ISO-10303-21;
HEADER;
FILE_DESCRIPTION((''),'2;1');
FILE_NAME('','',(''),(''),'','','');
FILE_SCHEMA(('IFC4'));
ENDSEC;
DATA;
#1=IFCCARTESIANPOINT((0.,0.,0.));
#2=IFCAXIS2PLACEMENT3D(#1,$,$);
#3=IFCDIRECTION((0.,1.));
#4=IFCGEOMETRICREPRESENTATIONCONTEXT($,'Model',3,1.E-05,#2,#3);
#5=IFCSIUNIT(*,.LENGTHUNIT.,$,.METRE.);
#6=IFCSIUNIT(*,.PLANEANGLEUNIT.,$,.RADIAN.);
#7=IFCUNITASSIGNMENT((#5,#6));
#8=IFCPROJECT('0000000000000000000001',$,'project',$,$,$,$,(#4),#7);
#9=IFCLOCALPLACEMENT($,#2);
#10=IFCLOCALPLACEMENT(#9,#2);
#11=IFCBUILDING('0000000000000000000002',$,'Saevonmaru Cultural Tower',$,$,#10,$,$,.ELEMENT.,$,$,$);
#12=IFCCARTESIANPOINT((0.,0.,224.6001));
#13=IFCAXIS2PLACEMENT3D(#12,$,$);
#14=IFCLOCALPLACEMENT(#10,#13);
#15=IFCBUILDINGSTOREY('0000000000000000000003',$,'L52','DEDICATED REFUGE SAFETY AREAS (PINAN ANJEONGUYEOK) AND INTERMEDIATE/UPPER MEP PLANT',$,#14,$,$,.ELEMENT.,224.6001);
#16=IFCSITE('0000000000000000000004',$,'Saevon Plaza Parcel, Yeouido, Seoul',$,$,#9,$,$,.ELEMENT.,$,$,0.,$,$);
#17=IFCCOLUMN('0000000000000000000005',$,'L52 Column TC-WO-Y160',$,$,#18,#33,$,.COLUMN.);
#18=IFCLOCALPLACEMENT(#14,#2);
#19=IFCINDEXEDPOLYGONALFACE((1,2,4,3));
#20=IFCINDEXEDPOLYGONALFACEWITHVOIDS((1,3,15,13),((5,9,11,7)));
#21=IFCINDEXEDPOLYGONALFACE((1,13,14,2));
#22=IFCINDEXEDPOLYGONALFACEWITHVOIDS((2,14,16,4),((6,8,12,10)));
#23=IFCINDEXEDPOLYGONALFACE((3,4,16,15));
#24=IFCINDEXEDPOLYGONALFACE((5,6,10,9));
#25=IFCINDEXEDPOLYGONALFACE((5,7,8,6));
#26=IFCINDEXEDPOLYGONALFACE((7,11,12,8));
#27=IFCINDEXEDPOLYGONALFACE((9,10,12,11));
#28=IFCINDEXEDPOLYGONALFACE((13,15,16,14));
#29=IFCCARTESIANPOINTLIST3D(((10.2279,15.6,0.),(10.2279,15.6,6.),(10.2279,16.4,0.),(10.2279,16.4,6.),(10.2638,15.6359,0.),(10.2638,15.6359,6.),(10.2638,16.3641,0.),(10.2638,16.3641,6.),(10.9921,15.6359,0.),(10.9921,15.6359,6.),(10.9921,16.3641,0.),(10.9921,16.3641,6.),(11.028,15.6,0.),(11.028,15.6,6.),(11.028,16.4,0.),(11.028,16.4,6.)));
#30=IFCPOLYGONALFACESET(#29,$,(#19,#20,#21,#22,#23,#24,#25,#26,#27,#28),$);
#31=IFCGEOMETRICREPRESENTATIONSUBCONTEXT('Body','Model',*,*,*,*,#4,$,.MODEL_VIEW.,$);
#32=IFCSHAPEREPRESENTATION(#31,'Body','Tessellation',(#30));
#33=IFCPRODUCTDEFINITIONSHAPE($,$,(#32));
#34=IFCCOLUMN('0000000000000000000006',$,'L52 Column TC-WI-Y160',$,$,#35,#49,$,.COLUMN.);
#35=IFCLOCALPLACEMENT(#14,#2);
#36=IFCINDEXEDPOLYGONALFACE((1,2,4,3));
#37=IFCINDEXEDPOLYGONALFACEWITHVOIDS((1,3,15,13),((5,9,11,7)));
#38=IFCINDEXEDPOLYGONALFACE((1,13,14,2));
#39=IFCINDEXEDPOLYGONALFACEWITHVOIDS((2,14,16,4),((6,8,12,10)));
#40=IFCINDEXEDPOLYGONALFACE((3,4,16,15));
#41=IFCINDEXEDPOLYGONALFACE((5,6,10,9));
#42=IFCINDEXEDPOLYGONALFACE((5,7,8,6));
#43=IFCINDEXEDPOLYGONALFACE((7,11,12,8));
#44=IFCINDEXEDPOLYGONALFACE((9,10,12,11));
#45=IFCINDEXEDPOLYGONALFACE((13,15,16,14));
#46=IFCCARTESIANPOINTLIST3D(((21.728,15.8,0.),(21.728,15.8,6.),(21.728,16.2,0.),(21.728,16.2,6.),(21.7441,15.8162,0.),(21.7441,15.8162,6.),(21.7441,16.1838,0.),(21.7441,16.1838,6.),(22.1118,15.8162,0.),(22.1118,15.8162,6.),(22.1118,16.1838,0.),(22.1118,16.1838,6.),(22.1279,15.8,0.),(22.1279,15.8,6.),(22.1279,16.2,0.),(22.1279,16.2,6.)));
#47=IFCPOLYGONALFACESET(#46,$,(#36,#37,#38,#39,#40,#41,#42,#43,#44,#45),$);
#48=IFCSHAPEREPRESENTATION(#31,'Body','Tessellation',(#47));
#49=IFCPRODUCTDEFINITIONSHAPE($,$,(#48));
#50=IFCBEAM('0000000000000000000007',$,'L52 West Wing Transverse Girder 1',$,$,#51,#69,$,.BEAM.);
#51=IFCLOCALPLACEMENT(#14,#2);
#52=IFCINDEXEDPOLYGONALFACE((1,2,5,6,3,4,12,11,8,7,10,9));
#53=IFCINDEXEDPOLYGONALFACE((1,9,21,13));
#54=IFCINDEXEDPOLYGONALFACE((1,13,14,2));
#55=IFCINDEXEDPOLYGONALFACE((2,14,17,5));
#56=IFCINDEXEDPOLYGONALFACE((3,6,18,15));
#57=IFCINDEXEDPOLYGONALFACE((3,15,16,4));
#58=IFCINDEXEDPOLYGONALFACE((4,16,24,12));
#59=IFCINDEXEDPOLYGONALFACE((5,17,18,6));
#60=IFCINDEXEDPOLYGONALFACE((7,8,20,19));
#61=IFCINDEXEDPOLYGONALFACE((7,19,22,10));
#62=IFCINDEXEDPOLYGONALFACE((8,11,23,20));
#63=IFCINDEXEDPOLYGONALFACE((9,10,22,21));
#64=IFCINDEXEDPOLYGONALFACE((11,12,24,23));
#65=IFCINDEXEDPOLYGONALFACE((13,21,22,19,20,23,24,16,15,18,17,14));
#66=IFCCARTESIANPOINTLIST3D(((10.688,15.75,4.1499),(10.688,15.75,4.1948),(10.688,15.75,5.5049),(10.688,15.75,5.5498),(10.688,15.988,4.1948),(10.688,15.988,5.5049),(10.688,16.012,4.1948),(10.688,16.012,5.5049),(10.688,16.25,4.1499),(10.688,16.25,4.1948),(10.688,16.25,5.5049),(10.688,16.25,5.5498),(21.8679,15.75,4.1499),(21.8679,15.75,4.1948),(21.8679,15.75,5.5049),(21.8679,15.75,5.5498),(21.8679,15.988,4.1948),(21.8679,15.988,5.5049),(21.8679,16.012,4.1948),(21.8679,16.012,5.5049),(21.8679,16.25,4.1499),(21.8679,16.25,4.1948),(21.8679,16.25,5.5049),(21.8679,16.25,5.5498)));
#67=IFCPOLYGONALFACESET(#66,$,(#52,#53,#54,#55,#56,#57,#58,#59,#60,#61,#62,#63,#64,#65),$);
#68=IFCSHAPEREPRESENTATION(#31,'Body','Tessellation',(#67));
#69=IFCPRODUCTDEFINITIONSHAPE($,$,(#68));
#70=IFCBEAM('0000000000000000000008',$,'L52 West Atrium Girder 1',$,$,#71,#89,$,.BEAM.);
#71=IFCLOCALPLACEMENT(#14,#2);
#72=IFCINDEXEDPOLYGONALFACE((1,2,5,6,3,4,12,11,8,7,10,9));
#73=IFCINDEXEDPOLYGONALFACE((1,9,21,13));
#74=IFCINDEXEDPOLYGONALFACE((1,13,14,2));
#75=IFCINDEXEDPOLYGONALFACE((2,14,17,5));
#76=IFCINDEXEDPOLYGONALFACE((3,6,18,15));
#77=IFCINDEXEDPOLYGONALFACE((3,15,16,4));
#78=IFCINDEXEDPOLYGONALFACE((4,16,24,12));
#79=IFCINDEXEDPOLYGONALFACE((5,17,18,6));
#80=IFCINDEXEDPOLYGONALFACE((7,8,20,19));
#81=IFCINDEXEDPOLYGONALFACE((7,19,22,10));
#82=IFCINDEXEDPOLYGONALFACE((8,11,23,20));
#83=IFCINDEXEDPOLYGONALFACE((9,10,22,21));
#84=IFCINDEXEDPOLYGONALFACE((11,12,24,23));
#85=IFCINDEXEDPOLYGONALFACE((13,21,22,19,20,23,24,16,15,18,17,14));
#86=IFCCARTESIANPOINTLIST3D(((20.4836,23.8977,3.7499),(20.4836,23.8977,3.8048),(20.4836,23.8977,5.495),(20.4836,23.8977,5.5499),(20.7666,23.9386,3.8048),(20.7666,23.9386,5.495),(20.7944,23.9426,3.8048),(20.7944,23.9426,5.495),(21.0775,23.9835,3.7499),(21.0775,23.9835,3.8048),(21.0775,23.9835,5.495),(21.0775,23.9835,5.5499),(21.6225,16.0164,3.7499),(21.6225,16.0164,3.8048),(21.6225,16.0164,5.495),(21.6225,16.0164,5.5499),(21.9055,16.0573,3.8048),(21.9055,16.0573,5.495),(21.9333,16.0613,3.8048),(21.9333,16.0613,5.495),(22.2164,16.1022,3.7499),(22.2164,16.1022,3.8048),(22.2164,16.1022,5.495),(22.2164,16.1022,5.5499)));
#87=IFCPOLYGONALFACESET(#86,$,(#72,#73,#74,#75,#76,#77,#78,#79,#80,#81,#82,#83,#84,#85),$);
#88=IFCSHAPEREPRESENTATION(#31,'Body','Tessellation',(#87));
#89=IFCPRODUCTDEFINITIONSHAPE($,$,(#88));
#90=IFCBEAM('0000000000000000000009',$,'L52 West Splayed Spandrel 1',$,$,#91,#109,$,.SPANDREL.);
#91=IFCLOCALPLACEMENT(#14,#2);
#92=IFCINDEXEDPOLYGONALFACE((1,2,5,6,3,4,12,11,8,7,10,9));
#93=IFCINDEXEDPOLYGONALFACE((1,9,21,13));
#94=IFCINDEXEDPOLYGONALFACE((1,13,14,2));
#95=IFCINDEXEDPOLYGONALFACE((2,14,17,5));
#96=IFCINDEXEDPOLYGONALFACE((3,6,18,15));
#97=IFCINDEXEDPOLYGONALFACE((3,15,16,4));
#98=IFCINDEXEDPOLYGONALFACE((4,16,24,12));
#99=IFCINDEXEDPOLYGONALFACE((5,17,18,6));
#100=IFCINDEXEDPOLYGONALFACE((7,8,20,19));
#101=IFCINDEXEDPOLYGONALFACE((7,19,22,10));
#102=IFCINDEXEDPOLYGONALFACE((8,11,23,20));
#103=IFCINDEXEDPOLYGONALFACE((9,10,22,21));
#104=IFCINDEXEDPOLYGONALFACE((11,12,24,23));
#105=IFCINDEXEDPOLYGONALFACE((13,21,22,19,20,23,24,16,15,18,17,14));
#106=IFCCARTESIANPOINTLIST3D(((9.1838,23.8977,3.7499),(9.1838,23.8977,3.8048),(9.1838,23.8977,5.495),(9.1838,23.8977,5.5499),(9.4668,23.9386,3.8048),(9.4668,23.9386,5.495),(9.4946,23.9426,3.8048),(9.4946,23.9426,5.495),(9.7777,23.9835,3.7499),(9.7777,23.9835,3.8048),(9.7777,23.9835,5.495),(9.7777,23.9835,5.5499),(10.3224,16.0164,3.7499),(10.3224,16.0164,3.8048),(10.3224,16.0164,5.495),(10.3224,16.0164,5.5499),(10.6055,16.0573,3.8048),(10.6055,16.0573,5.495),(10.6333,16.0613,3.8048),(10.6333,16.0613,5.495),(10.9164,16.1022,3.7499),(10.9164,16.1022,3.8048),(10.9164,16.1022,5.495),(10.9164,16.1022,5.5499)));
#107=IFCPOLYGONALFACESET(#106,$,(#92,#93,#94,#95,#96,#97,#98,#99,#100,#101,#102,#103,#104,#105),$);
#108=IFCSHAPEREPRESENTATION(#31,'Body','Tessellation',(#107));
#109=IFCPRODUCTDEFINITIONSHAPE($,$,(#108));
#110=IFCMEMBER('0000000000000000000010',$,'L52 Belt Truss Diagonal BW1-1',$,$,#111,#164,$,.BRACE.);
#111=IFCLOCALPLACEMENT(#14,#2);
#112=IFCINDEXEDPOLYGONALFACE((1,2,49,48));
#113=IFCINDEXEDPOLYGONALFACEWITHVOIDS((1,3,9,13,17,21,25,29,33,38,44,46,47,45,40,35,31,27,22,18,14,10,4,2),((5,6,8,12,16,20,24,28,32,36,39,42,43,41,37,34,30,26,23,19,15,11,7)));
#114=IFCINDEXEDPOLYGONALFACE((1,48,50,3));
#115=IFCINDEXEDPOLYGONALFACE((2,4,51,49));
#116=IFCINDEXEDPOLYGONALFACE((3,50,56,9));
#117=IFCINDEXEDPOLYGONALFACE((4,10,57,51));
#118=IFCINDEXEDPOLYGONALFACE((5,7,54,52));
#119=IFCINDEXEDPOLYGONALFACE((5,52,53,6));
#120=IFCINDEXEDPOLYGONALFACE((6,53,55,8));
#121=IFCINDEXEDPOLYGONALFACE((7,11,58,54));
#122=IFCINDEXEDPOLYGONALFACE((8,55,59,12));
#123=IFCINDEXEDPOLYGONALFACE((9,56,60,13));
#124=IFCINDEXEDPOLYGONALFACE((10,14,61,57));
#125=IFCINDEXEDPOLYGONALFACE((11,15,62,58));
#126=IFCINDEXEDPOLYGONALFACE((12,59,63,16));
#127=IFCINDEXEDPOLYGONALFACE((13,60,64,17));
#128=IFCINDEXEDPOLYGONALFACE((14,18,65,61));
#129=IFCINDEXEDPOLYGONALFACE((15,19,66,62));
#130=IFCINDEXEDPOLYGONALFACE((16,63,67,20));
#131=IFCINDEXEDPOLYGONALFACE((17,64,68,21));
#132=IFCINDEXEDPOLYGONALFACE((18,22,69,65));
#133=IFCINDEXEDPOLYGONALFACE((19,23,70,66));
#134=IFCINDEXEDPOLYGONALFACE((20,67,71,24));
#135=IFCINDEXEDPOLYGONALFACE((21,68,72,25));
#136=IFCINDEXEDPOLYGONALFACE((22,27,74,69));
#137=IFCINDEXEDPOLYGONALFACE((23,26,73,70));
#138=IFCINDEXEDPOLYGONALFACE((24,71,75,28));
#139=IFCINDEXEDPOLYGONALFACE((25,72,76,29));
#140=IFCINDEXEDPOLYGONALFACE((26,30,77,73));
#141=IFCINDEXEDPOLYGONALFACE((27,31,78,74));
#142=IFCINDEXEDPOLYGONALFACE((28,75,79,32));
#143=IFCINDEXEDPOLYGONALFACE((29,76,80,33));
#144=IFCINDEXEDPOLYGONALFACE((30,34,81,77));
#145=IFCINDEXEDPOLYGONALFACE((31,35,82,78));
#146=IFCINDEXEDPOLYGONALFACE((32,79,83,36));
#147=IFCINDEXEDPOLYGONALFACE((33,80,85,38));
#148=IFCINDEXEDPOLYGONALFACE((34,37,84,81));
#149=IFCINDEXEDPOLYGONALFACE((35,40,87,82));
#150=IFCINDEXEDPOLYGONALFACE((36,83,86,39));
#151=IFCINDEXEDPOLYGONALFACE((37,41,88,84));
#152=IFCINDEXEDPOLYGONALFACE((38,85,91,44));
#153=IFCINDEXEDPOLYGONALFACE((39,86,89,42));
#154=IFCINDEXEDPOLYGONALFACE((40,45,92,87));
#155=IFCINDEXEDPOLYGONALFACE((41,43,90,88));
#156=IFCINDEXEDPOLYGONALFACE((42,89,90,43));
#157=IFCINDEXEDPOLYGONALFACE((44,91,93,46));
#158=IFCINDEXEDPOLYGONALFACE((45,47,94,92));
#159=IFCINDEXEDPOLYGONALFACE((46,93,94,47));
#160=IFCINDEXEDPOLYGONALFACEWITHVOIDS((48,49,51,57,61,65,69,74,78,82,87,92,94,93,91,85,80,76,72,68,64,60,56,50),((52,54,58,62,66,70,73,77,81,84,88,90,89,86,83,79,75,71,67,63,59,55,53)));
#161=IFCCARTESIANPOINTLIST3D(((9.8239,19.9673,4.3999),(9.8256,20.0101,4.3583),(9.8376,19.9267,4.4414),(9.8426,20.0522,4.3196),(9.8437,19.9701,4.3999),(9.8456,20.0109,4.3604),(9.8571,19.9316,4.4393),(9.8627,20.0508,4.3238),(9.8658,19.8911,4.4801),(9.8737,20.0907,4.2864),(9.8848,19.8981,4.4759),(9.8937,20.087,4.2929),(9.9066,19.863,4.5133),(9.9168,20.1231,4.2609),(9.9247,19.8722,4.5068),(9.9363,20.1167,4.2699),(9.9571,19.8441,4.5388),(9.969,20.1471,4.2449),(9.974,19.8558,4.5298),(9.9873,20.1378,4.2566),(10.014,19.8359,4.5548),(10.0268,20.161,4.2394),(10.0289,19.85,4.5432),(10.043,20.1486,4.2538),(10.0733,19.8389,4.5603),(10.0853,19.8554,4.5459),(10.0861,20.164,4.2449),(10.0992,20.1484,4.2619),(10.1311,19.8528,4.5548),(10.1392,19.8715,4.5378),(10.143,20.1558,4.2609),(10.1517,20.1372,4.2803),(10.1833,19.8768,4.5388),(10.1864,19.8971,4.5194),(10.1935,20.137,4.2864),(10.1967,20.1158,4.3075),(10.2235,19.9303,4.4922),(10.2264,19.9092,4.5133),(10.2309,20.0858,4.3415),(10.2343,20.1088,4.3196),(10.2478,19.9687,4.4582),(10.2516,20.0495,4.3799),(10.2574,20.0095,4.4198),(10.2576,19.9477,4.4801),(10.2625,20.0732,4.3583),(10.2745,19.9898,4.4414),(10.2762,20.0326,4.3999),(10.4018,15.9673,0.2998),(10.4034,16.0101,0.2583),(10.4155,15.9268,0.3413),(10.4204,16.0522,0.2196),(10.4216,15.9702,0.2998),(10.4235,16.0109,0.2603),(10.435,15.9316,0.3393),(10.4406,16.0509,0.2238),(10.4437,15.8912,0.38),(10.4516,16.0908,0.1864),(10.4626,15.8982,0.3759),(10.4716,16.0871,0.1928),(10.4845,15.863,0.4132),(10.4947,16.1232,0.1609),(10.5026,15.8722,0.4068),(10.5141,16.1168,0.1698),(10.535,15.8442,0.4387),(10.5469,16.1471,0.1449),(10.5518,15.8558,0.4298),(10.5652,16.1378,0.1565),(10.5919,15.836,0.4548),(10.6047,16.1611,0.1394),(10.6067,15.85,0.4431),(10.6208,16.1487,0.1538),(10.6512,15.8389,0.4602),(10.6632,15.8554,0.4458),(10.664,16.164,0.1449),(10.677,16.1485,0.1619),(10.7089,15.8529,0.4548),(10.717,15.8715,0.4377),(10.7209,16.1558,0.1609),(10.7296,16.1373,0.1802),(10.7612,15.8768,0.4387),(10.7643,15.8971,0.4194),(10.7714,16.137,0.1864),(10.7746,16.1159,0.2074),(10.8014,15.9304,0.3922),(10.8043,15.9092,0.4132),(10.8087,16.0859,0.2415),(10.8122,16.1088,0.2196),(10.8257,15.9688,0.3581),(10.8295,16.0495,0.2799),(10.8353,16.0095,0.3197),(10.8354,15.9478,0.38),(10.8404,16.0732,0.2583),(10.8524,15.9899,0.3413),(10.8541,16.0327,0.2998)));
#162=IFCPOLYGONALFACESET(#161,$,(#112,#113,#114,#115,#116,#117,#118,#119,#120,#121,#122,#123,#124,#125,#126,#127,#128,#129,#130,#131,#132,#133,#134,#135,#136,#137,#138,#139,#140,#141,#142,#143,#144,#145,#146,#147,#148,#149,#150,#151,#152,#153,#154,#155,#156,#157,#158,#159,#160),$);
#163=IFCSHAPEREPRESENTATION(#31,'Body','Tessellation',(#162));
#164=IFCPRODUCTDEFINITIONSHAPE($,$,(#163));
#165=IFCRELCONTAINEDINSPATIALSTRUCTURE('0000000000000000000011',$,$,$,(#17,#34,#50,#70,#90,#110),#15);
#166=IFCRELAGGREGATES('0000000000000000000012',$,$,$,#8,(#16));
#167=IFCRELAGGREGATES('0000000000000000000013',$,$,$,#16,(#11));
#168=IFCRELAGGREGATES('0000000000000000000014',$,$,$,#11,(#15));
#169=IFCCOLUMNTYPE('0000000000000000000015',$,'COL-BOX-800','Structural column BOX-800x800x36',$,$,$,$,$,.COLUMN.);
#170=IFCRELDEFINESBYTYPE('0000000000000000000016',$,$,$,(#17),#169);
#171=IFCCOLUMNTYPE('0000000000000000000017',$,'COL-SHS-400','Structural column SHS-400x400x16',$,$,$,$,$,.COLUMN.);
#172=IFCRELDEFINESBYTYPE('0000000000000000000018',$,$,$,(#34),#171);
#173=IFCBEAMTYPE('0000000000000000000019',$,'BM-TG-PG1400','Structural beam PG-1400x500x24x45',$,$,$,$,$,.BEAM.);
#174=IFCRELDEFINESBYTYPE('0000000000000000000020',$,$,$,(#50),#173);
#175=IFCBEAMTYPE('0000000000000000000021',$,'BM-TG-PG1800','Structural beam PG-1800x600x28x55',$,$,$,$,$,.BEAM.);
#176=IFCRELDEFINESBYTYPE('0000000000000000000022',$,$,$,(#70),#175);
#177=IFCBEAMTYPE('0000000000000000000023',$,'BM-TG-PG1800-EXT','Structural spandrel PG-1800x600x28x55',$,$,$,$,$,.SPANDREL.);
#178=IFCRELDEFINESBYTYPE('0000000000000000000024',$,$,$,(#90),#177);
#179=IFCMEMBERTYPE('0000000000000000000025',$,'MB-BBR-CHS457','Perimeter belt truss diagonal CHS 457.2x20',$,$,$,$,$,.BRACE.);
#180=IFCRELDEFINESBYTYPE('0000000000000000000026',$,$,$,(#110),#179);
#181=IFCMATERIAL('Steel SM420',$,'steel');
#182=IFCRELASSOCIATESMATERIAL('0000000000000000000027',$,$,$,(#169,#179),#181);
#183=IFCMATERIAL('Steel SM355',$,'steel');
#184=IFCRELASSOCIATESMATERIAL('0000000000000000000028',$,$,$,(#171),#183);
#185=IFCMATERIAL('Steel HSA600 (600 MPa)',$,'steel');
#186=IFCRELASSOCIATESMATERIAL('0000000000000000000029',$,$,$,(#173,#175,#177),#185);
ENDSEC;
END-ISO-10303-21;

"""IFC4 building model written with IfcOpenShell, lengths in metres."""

from ifc_helpers import new_model, si_unit, direction, frame, origin, origin_2d, place, context, subcontext, project, spatial, hollow_rectangle, hollow_circle, i_section, extrude, material, material_profile, profile_set, type_object, element, save


model = new_model("IFC4")

# Units and contexts
model_context = context("Model", 3, precision=1e-05, world=origin(), true_north=direction((0.0, 1.0)))
body_context = subcontext(model_context, "Body", "Model", "MODEL_VIEW")
ifc_project = project(units=[si_unit("LENGTHUNIT", "METRE"), si_unit("PLANEANGLEUNIT", "RADIAN")], contexts=[model_context])

# Site, building, storey
site_placement = place(None, origin())
site = spatial("IfcSite", under=ifc_project, at=site_placement, Name="Saevon Plaza Parcel, Yeouido, Seoul", CompositionType="ELEMENT", RefElevation=0.0)
building_placement = place(site_placement, origin())
building = spatial("IfcBuilding", under=site, at=building_placement, Name="Saevonmaru Cultural Tower", CompositionType="ELEMENT")
storey_placement = place(building_placement, frame((0.0, 0.0, 224.6001)))
storey = spatial("IfcBuildingStorey", under=building, at=storey_placement, Name="L52", Description="DEDICATED REFUGE SAFETY AREAS (PINAN ANJEONGUYEOK) AND INTERMEDIATE/UPPER MEP PLANT", CompositionType="ELEMENT", Elevation=224.6001)

# Columns
ifc_material_1 = material(Name="Steel SM420", Category="steel")
ifc_material_profile_1 = material_profile(ifc_material_1, hollow_rectangle(XDim=0.8, YDim=0.8, WallThickness=0.0359, at=origin_2d()), Name="BOX-800x800x36")
ifc_profile_set_1 = profile_set([ifc_material_profile_1], Name="Steel SM420")
column_type_1 = type_object("IfcColumnType", Name="COL-BOX-800", Description="Structural column BOX-800x800x36", PredefinedType="COLUMN", material=ifc_profile_set_1)
column_1_placement = place(storey_placement, frame((10.6279, 16.0, 0.0), z_axis=(0.0, 0.0, 1.0), x_axis=(1.0, 0.0, 0.0)))
element("IfcColumn", 1, at=column_1_placement, inside=storey, type_object=column_type_1, Name="L52 Column TC-WO-Y160", PredefinedType="COLUMN", context=body_context, shape_type="SweptSolid", body=[
    extrude(hollow_rectangle(XDim=0.8, YDim=0.8, WallThickness=0.0359, at=origin_2d()), origin(), (0.0, 0.0, 1.0), 6.0),
])
ifc_material_2 = material(Name="Steel SM355", Category="steel")
ifc_material_profile_2 = material_profile(ifc_material_2, hollow_rectangle(XDim=0.3999, YDim=0.3999, WallThickness=0.0161, at=origin_2d()), Name="SHS-400x400x16")
ifc_profile_set_2 = profile_set([ifc_material_profile_2], Name="Steel SM355")
column_type_2 = type_object("IfcColumnType", Name="COL-SHS-400", Description="Structural column SHS-400x400x16", PredefinedType="COLUMN", material=ifc_profile_set_2)
column_2_placement = place(storey_placement, frame((21.928, 16.0, 0.0), z_axis=(0.0, 0.0, 1.0), x_axis=(1.0, 0.0, 0.0)))
element("IfcColumn", 2, at=column_2_placement, inside=storey, type_object=column_type_2, Name="L52 Column TC-WI-Y160", PredefinedType="COLUMN", context=body_context, shape_type="SweptSolid", body=[
    extrude(hollow_rectangle(XDim=0.3999, YDim=0.3999, WallThickness=0.0161, at=origin_2d()), origin(), (0.0, 0.0, 1.0), 6.0),
])

# Beams
ifc_material_3 = material(Name="Steel HSA600 (600 MPa)", Category="steel")
ifc_material_profile_3 = material_profile(ifc_material_3, i_section(OverallWidth=0.5, OverallDepth=1.3999, WebThickness=0.0239, FlangeThickness=0.0449, at=origin_2d()), Name="PG-1400x500x24x45")
ifc_profile_set_3 = profile_set([ifc_material_profile_3], Name="Steel HSA600 (600 MPa)")
beam_type_1 = type_object("IfcBeamType", Name="BM-TG-PG1400", Description="Structural beam PG-1400x500x24x45", PredefinedType="BEAM", material=ifc_profile_set_3)
beam_1_placement = place(storey_placement, frame((10.688, 16.0, 4.8499), z_axis=(1.0, 0.0, 0.0), x_axis=(0.0, 1.0, 0.0)))
element("IfcBeam", 3, at=beam_1_placement, inside=storey, type_object=beam_type_1, Name="L52 West Wing Transverse Girder 1", PredefinedType="BEAM", context=body_context, shape_type="SweptSolid", body=[
    extrude(i_section(OverallWidth=0.5, OverallDepth=1.3999, WebThickness=0.0239, FlangeThickness=0.0449, at=origin_2d()), origin(), (0.0, 0.0, 1.0), 11.1799),
])
ifc_material_profile_4 = material_profile(ifc_material_3, i_section(OverallWidth=0.6001, OverallDepth=1.8, WebThickness=0.0281, FlangeThickness=0.0549, at=origin_2d()), Name="PG-1800x600x28x55")
ifc_profile_set_4 = profile_set([ifc_material_profile_4], Name="Steel HSA600 (600 MPa)")
beam_type_2 = type_object("IfcBeamType", Name="BM-TG-PG1800", Description="Structural beam PG-1800x600x28x55", PredefinedType="BEAM", material=ifc_profile_set_4)
beam_2_placement = place(storey_placement, frame((21.9194, 16.0593, 4.6499), z_axis=(-0.143022, 0.989719, 0.0), x_axis=(-0.989719, -0.143022, 0.0)))
element("IfcBeam", 4, at=beam_2_placement, inside=storey, type_object=beam_type_2, Name="L52 West Atrium Girder 1", PredefinedType="BEAM", context=body_context, shape_type="SweptSolid", body=[
    extrude(i_section(OverallWidth=0.6001, OverallDepth=1.8, WebThickness=0.0281, FlangeThickness=0.0549, at=origin_2d()), origin(), (0.0, 0.0, 1.0), 7.9631),
])
ifc_material_profile_5 = material_profile(ifc_material_3, i_section(OverallWidth=0.6001, OverallDepth=1.8, WebThickness=0.0281, FlangeThickness=0.0549, at=origin_2d()), Name="PG-1800x600x28x55")
ifc_profile_set_5 = profile_set([ifc_material_profile_5], Name="Steel HSA600 (600 MPa)")
beam_type_3 = type_object("IfcBeamType", Name="BM-TG-PG1800-EXT", Description="Structural spandrel PG-1800x600x28x55", PredefinedType="SPANDREL", material=ifc_profile_set_5)
beam_3_placement = place(storey_placement, frame((10.6194, 16.0593, 4.6499), z_axis=(-0.142992, 0.989724, 0.0), x_axis=(-0.989724, -0.142992, 0.0)))
element("IfcBeam", 5, at=beam_3_placement, inside=storey, type_object=beam_type_3, Name="L52 West Splayed Spandrel 1", PredefinedType="SPANDREL", context=body_context, shape_type="SweptSolid", body=[
    extrude(i_section(OverallWidth=0.6001, OverallDepth=1.8, WebThickness=0.0281, FlangeThickness=0.0549, at=origin_2d()), origin(), (0.0, 0.0, 1.0), 7.9631),
])

# Member
ifc_material_profile_6 = material_profile(ifc_material_1, hollow_circle(Radius=0.2285, WallThickness=0.02, at=origin_2d()), Name="CHS-457.2x20")
ifc_profile_set_6 = profile_set([ifc_material_profile_6], Name="Steel SM420")
member_type_1 = type_object("IfcMemberType", Name="MB-BBR-CHS457", Description="Perimeter belt truss diagonal CHS 457.2x20", PredefinedType="BRACE", material=ifc_profile_set_6)
member_1_placement = place(storey_placement, frame((10.6279, 16.0, 0.2998), z_axis=(-0.100376, 0.694789, 0.712175), x_axis=(-0.989725, -0.142986, 0.0)))
element("IfcMember", 6, at=member_1_placement, inside=storey, type_object=member_type_1, Name="L52 Belt Truss Diagonal BW1-1", PredefinedType="BRACE", context=body_context, shape_type="SweptSolid", body=[
    extrude(hollow_circle(Radius=0.2285, WallThickness=0.02, at=origin_2d()), origin(), (0.0, 0.0, 1.0), 5.7571),
])

save(model, "model.ifc")
